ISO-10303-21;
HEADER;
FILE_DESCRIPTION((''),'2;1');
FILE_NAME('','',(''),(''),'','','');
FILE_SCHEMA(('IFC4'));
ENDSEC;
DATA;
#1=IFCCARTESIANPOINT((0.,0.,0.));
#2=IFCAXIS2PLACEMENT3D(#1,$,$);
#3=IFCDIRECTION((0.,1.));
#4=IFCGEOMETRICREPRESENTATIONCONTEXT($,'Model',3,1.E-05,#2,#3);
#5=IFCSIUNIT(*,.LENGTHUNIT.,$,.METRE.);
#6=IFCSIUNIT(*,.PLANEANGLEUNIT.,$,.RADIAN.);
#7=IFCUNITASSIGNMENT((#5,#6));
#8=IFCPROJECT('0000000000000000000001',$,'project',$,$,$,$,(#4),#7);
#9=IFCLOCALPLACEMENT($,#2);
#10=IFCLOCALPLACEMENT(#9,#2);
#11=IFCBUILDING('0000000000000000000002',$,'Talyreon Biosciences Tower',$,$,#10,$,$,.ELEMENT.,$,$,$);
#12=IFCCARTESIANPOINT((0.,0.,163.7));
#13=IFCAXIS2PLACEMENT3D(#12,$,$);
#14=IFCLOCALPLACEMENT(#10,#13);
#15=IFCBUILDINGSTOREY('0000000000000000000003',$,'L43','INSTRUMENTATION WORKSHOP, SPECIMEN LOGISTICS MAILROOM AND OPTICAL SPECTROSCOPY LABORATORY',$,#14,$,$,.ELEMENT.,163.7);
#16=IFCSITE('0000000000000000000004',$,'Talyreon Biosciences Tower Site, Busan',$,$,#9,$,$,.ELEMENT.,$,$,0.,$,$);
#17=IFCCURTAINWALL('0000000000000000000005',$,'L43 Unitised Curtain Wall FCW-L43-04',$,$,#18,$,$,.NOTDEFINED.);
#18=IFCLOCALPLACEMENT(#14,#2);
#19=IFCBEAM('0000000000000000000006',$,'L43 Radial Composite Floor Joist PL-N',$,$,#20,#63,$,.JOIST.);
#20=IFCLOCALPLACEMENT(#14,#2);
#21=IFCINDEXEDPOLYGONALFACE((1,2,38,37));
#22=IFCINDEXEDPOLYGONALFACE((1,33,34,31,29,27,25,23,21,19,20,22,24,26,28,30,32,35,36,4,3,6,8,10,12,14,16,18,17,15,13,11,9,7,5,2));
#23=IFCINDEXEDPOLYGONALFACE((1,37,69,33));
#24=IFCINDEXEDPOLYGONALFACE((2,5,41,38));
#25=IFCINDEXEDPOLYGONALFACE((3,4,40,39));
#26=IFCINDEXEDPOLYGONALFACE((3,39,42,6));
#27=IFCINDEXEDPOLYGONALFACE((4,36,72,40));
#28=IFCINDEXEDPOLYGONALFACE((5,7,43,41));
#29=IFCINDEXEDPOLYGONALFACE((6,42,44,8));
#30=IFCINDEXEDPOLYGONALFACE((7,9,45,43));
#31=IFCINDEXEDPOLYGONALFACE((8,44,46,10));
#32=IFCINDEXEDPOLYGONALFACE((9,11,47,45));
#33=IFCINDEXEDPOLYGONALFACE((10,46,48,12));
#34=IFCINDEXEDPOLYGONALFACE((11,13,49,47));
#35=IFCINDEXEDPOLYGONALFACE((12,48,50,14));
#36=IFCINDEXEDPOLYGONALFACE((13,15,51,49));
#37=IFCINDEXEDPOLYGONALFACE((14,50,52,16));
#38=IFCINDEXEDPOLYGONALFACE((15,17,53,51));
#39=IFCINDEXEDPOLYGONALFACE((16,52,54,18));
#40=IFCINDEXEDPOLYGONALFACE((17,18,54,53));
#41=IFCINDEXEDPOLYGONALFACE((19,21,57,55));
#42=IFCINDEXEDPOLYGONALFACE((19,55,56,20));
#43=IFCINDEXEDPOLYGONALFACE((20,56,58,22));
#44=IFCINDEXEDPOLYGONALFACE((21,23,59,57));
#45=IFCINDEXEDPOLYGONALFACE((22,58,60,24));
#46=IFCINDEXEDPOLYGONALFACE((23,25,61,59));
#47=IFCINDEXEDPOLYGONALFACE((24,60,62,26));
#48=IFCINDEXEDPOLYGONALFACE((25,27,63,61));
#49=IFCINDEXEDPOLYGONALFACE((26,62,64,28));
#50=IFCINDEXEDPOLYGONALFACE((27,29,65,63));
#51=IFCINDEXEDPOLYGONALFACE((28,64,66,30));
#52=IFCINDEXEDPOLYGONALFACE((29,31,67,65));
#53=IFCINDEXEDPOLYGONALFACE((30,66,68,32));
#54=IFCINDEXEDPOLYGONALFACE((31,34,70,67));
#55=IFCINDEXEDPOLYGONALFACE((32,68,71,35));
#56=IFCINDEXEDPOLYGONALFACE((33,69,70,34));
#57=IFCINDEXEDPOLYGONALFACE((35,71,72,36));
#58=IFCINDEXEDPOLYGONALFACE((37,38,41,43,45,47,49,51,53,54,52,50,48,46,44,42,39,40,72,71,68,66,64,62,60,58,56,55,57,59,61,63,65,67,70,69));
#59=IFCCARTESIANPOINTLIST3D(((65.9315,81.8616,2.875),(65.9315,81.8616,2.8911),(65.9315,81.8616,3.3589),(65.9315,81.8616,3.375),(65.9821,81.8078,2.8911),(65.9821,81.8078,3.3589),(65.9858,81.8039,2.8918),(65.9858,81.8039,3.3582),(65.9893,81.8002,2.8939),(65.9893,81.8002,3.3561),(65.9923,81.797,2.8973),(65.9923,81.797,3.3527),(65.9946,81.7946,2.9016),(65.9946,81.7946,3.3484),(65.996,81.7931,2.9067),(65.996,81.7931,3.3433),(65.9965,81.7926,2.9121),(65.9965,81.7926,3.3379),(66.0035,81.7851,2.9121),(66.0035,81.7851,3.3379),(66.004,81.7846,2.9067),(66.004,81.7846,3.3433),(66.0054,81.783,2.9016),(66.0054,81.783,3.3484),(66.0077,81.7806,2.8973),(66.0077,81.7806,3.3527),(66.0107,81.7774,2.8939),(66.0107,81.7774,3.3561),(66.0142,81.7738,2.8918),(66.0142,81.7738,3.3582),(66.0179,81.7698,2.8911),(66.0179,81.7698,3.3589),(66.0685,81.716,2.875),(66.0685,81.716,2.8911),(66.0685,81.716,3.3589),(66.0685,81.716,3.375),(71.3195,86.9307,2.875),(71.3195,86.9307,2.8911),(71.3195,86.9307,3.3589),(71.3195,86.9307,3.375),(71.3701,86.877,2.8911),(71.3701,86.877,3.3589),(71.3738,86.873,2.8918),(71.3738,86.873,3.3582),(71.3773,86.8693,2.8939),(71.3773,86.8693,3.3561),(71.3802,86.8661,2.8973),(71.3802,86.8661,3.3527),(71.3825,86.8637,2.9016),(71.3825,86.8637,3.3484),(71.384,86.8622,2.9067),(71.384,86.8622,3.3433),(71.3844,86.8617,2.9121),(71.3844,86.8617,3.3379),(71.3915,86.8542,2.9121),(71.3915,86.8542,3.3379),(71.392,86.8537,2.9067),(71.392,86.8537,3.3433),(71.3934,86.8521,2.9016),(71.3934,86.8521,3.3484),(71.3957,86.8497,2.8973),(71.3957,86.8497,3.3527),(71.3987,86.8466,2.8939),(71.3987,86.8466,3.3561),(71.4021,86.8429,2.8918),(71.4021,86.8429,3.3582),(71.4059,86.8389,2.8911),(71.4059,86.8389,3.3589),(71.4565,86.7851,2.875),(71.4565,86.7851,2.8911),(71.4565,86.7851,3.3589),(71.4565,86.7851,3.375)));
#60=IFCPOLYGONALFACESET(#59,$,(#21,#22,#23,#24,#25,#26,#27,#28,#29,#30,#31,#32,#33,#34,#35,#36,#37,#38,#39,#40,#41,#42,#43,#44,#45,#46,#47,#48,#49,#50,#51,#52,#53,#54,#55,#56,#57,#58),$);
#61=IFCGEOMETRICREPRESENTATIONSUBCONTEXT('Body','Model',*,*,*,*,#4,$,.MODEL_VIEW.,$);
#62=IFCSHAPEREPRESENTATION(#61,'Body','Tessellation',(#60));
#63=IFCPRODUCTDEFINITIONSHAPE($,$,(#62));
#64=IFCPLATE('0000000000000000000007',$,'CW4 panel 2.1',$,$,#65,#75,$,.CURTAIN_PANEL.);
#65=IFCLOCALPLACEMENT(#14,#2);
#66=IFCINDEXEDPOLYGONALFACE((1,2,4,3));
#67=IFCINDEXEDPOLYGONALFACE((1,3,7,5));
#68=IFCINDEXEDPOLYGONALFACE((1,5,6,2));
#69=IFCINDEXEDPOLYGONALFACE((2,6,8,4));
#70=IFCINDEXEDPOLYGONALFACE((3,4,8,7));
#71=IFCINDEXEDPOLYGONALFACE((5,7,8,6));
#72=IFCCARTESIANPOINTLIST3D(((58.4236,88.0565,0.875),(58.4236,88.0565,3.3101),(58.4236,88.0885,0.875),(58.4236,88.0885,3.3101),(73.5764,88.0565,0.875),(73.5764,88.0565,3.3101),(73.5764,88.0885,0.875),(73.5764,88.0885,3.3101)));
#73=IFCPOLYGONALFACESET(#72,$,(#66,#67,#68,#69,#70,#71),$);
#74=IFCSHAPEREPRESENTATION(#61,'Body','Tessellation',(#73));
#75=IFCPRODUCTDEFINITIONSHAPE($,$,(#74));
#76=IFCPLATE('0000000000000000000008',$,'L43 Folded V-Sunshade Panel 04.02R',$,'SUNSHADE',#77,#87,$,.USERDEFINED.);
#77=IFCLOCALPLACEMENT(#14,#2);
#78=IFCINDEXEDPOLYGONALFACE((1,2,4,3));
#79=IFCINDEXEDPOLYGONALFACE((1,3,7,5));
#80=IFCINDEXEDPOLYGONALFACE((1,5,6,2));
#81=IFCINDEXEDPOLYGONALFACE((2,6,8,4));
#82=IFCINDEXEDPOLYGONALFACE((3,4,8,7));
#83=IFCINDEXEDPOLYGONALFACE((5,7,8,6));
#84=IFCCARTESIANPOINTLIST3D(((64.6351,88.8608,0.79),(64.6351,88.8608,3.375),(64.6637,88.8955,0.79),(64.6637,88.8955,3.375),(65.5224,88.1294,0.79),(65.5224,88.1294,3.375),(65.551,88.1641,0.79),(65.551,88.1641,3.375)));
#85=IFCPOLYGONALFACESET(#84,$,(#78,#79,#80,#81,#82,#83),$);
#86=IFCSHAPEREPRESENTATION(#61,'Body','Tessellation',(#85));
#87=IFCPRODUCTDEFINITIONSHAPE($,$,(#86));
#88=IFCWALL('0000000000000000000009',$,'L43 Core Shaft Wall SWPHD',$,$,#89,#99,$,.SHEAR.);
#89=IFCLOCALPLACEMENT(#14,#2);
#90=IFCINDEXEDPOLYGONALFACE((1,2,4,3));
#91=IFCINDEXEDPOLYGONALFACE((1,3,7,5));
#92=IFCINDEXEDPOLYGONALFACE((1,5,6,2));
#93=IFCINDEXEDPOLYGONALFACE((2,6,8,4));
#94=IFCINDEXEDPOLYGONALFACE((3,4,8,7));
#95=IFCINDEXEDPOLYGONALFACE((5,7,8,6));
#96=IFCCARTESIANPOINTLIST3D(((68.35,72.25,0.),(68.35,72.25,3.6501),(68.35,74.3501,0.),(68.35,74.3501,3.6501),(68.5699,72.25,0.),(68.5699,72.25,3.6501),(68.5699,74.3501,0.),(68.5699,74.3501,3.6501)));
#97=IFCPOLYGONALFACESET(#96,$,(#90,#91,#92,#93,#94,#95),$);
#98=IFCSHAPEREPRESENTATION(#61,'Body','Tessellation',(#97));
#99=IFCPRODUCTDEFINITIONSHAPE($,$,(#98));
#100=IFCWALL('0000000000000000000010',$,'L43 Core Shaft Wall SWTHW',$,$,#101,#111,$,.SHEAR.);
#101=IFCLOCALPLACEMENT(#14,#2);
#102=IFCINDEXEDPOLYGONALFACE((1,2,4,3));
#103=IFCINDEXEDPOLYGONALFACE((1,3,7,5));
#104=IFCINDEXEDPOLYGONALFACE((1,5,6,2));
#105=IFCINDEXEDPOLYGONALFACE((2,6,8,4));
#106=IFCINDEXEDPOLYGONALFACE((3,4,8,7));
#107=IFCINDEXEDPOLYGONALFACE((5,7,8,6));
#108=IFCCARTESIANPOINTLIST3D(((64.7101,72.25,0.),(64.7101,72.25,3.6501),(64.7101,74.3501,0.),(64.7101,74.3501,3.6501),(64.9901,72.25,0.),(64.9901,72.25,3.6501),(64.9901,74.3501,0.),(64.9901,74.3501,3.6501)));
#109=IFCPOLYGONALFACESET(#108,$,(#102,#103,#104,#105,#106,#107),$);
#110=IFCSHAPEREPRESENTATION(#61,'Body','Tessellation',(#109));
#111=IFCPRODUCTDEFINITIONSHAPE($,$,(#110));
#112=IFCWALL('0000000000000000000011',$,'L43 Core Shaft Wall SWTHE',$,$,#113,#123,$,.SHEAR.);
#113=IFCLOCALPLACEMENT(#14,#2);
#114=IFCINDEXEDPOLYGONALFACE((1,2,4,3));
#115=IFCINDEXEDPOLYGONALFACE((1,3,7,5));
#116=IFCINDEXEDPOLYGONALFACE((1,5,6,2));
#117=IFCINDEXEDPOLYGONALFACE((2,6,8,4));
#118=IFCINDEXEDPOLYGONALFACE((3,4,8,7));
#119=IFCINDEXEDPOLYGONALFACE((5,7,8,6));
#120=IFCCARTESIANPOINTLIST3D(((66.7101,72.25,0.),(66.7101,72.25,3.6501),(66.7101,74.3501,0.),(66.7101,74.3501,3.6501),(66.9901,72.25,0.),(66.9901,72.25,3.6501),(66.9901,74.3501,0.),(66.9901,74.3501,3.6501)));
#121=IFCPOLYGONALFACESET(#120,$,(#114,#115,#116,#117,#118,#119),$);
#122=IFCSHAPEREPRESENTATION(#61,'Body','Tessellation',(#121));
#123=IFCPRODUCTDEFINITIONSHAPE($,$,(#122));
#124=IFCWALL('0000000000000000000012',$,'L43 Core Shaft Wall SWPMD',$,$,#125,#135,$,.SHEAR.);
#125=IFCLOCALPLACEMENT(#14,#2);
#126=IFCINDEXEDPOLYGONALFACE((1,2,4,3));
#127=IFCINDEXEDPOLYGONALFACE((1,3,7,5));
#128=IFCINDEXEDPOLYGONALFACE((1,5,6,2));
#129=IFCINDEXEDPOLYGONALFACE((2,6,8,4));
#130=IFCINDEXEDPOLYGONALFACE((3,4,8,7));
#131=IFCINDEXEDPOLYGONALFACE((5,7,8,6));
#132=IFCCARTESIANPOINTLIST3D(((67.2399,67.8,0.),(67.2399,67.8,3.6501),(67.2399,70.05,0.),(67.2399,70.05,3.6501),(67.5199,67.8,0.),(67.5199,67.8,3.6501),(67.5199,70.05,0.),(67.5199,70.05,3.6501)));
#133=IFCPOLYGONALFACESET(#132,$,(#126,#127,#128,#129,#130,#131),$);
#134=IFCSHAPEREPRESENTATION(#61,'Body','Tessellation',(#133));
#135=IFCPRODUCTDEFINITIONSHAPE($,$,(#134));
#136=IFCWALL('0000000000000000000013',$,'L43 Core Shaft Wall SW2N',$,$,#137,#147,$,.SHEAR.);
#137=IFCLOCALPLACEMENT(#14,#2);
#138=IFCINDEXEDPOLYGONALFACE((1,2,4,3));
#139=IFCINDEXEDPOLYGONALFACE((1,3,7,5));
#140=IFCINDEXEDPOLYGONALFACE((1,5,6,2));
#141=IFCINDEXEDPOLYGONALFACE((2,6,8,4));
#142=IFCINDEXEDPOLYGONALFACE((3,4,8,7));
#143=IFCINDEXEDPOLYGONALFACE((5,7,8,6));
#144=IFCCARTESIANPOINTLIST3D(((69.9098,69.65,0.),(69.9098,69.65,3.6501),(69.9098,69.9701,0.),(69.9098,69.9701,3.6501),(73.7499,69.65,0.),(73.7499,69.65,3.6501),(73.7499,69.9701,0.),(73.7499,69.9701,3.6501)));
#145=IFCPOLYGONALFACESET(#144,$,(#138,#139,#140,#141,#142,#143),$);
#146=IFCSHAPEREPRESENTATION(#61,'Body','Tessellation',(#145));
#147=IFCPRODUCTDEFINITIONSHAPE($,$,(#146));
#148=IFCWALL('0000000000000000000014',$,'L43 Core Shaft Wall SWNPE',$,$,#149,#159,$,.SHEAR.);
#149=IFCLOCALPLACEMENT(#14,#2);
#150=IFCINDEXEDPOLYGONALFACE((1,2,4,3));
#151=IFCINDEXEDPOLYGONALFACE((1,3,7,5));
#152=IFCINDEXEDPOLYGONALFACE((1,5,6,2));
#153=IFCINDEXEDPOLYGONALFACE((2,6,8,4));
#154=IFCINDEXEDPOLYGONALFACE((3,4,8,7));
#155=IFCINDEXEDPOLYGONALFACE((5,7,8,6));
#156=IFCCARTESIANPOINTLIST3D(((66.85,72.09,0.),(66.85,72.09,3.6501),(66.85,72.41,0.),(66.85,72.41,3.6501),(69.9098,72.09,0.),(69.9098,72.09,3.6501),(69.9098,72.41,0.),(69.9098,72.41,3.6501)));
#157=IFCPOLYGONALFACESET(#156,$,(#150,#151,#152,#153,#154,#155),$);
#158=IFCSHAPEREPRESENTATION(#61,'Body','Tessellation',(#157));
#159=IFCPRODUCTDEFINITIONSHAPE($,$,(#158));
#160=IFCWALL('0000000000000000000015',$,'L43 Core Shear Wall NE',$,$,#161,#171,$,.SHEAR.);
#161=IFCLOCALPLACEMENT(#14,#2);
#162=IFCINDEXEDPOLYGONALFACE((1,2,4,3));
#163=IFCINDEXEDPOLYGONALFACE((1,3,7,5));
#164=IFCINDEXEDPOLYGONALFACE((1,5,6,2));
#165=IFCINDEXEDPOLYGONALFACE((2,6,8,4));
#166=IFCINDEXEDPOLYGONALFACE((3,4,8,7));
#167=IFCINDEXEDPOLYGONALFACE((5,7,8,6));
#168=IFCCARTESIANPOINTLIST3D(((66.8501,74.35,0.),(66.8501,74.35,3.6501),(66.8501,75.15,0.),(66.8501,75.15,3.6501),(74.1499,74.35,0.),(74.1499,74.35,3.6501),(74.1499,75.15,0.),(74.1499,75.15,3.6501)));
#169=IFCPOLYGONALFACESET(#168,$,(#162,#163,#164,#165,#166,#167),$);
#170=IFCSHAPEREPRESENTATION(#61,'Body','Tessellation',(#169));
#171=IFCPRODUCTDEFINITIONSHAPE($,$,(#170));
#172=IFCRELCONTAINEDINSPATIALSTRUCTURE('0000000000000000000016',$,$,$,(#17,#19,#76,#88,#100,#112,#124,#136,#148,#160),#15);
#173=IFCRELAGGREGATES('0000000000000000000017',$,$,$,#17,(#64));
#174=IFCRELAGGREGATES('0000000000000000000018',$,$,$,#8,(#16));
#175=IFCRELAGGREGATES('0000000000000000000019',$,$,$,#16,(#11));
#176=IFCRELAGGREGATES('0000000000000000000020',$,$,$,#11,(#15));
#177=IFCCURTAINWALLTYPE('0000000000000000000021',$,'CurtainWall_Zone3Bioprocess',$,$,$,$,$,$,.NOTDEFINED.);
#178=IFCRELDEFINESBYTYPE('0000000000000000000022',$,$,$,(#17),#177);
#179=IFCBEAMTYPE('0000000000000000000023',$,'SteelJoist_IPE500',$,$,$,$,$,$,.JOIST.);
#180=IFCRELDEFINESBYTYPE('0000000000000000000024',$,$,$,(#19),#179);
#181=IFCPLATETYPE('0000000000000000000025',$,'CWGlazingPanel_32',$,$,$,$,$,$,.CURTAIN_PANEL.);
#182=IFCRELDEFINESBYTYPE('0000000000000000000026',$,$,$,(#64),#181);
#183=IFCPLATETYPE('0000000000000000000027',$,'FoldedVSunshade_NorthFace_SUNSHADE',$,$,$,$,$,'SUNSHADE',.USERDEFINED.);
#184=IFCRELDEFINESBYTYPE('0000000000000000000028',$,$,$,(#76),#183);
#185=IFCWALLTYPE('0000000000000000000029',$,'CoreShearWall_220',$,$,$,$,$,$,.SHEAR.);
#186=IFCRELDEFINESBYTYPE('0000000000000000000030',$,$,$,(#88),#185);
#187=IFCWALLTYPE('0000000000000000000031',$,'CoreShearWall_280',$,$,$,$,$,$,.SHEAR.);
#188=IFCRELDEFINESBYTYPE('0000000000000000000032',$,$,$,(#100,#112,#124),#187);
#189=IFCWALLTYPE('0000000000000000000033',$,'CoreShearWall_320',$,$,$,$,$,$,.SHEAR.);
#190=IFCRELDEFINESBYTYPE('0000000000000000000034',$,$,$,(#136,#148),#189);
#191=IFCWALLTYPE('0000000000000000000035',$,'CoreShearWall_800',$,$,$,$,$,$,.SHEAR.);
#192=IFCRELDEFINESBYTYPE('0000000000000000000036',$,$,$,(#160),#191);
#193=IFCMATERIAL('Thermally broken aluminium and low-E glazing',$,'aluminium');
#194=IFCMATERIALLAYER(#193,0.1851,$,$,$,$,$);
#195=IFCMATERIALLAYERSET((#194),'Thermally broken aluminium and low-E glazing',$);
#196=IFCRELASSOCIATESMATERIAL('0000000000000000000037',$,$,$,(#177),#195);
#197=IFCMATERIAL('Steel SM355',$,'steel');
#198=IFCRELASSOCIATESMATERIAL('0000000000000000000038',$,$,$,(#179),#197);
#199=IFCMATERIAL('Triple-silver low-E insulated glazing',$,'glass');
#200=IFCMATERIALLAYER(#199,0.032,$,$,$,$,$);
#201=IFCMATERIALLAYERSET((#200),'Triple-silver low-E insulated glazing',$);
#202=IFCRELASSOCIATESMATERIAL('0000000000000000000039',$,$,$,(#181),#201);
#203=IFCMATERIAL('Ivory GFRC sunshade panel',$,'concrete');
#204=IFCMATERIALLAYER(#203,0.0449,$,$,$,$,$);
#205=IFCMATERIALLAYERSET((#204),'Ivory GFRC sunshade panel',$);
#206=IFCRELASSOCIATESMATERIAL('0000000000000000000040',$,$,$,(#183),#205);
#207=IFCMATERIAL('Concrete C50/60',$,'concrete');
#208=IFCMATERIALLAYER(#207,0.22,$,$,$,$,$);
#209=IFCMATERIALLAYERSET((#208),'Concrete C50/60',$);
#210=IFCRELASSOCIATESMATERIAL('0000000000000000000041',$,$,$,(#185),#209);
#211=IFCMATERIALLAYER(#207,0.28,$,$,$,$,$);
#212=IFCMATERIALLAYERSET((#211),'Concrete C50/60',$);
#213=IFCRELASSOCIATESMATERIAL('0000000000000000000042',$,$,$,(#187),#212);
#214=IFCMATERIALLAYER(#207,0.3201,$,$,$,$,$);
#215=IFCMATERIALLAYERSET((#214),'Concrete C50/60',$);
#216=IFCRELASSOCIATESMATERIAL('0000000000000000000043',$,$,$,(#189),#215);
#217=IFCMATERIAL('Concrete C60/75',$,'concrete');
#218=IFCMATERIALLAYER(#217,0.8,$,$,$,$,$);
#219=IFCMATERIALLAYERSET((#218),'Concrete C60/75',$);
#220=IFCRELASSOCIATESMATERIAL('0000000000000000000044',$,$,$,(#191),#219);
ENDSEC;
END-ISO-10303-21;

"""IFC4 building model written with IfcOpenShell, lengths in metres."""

from ifc_helpers import new_model, si_unit, direction, frame, frame_2d, origin, origin_2d, place, context, subcontext, project, spatial, rectangle, i_section, extrude, material, layer, layer_set, material_profile, profile_set, type_object, element, aggregate, save


model = new_model("IFC4")

# Units and contexts
model_context = context("Model", 3, precision=1e-05, world=origin(), true_north=direction((0.0, 1.0)))
body_context = subcontext(model_context, "Body", "Model", "MODEL_VIEW")
ifc_project = project(units=[si_unit("LENGTHUNIT", "METRE"), si_unit("PLANEANGLEUNIT", "RADIAN")], contexts=[model_context])

# Site, building, storey
site_placement = place(None, origin())
site = spatial("IfcSite", under=ifc_project, at=site_placement, Name="Talyreon Biosciences Tower Site, Busan", CompositionType="ELEMENT", RefElevation=0.0)
building_placement = place(site_placement, origin())
building = spatial("IfcBuilding", under=site, at=building_placement, Name="Talyreon Biosciences Tower", CompositionType="ELEMENT")
storey_placement = place(building_placement, frame((0.0, 0.0, 163.7)))
storey = spatial("IfcBuildingStorey", under=building, at=storey_placement, Name="L43", Description="INSTRUMENTATION WORKSHOP, SPECIMEN LOGISTICS MAILROOM AND OPTICAL SPECTROSCOPY LABORATORY", CompositionType="ELEMENT", Elevation=163.7)

# Shared definitions
ifc_material_1 = material(Name="Concrete C60/75", Category="concrete")
ifc_material_2 = material(Name="Concrete C50/60", Category="concrete")

# Curtain wall
ifc_material_3 = material(Name="Thermally broken aluminium and low-E glazing", Category="aluminium")
ifc_layer_1 = layer(ifc_material_3, 0.1851)
ifc_layer_set_1 = layer_set([ifc_layer_1], Name="Thermally broken aluminium and low-E glazing")
curtain_wall_type = type_object("IfcCurtainWallType", Name="CurtainWall_Zone3Bioprocess", PredefinedType="NOTDEFINED", material=ifc_layer_set_1)
curtain_wall_placement = place(storey_placement, origin())
curtain_wall = element("IfcCurtainWall", 1, at=curtain_wall_placement, inside=storey, type_object=curtain_wall_type, Name="L43 Unitised Curtain Wall FCW-L43-04", PredefinedType="NOTDEFINED")

# Beam
ifc_material_4 = material(Name="Steel SM355", Category="steel")
ifc_material_profile_1 = material_profile(ifc_material_4, i_section(OverallWidth=0.2, OverallDepth=0.5, WebThickness=0.0103, FlangeThickness=0.0161, FilletRadius=0.021, at=origin_2d()), Name="IPE500")
ifc_profile_set_1 = profile_set([ifc_material_profile_1], Name="Steel SM355")
beam_type_1 = type_object("IfcBeamType", Name="SteelJoist_IPE500", PredefinedType="JOIST", material=ifc_profile_set_1)
beam_1_placement = place(storey_placement, frame((66.0, 81.7888, 3.125), z_axis=(0.728329, 0.685228, 0.0), x_axis=(-0.685228, 0.728329, 0.0)))
element("IfcBeam", 2, at=beam_1_placement, inside=storey, type_object=beam_type_1, Name="L43 Radial Composite Floor Joist PL-N", PredefinedType="JOIST", context=body_context, shape_type="SweptSolid", body=[
    extrude(i_section(OverallWidth=0.2, OverallDepth=0.5, WebThickness=0.0103, FlangeThickness=0.0161, FilletRadius=0.021, at=origin_2d()), origin(), (0.0, 0.0, 1.0), 7.3977),
])

# Plates
ifc_material_5 = material(Name="Triple-silver low-E insulated glazing", Category="glass")
ifc_layer_2 = layer(ifc_material_5, 0.032)
ifc_layer_set_2 = layer_set([ifc_layer_2], Name="Triple-silver low-E insulated glazing")
plate_type_1 = type_object("IfcPlateType", Name="CWGlazingPanel_32", PredefinedType="CURTAIN_PANEL", material=ifc_layer_set_2)
plate_1_placement = place(storey_placement, frame((66.0, 88.0725, 0.875), z_axis=(0.0, 0.0, 1.0), x_axis=(1.0, 0.0, 0.0)))
plate_1 = element("IfcPlate", 3, at=plate_1_placement, type_object=plate_type_1, Name="CW4 panel 2.1", PredefinedType="CURTAIN_PANEL", context=body_context, shape_type="SweptSolid", body=[
    extrude(rectangle(XDim=15.1528, YDim=0.032, at=origin_2d()), origin(), (0.0, 0.0, 1.0), 2.4351),
])
aggregate(curtain_wall, [plate_1])
ifc_material_6 = material(Name="Ivory GFRC sunshade panel", Category="concrete")
ifc_layer_3 = layer(ifc_material_6, 0.0449)
ifc_layer_set_3 = layer_set([ifc_layer_3], Name="Ivory GFRC sunshade panel")
plate_type_2 = type_object("IfcPlateType", Name="FoldedVSunshade_NorthFace_SUNSHADE", ElementType="SUNSHADE", PredefinedType="USERDEFINED", material=ifc_layer_set_3)
plate_2_placement = place(storey_placement, frame((65.093, 88.5125, 0.79), z_axis=(0.0, 0.0, 1.0), x_axis=(0.771625, -0.636078, 0.0)))
element("IfcPlate", 4, at=plate_2_placement, inside=storey, type_object=plate_type_2, Name="L43 Folded V-Sunshade Panel 04.02R", ObjectType="SUNSHADE", PredefinedType="USERDEFINED", context=body_context, shape_type="SweptSolid", body=[
    extrude(rectangle(XDim=1.1499, YDim=0.0449, at=origin_2d()), origin(), (0.0, 0.0, 1.0), 2.585),
])

# Walls
ifc_layer_4 = layer(ifc_material_2, 0.22)
ifc_layer_set_4 = layer_set([ifc_layer_4], Name="Concrete C50/60")
wall_type_1 = type_object("IfcWallType", Name="CoreShearWall_220", PredefinedType="SHEAR", material=ifc_layer_set_4)
wall_1_placement = place(storey_placement, frame((68.46, 72.25, 0.0), z_axis=(0.0, 0.0, 1.0), x_axis=(0.0, 1.0, 0.0)))
element("IfcWall", 5, at=wall_1_placement, inside=storey, type_object=wall_type_1, Name="L43 Core Shaft Wall SWPHD", PredefinedType="SHEAR", context=body_context, shape_type="SweptSolid", body=[
    extrude(rectangle(XDim=2.1001, YDim=0.22, at=frame_2d((1.05, 0.0))), origin(), (0.0, 0.0, 1.0), 3.6501),
])
ifc_layer_5 = layer(ifc_material_2, 0.28)
ifc_layer_set_5 = layer_set([ifc_layer_5], Name="Concrete C50/60")
wall_type_2 = type_object("IfcWallType", Name="CoreShearWall_280", PredefinedType="SHEAR", material=ifc_layer_set_5)
for number, where, z_axis, x_axis, name in (
    (6, (64.8501, 72.25, 0.0), (0.0, 0.0, 1.0), (0.0, 1.0, 0.0), "L43 Core Shaft Wall SWTHW"),
    (7, (66.8501, 72.25, 0.0), (0.0, 0.0, 1.0), (0.0, 1.0, 0.0), "L43 Core Shaft Wall SWTHE"),
):
    element("IfcWall", number, at=place(storey_placement, frame(where, z_axis=z_axis, x_axis=x_axis)), inside=storey, type_object=wall_type_2, Name=name, PredefinedType="SHEAR", context=body_context, shape_type="SweptSolid", body=[
        extrude(rectangle(XDim=2.1001, YDim=0.28, at=frame_2d((1.05, 0.0))), origin(), (0.0, 0.0, 1.0), 3.6501),
    ])
wall_2_placement = place(storey_placement, frame((67.3799, 67.8, 0.0), z_axis=(0.0, 0.0, 1.0), x_axis=(0.0, 1.0, 0.0)))
element("IfcWall", 8, at=wall_2_placement, inside=storey, type_object=wall_type_2, Name="L43 Core Shaft Wall SWPMD", PredefinedType="SHEAR", context=body_context, shape_type="SweptSolid", body=[
    extrude(rectangle(XDim=2.25, YDim=0.28, at=frame_2d((1.125, 0.0))), origin(), (0.0, 0.0, 1.0), 3.6501),
])
ifc_layer_6 = layer(ifc_material_2, 0.3201)
ifc_layer_set_6 = layer_set([ifc_layer_6], Name="Concrete C50/60")
wall_type_3 = type_object("IfcWallType", Name="CoreShearWall_320", PredefinedType="SHEAR", material=ifc_layer_set_6)
wall_3_placement = place(storey_placement, frame((69.9099, 69.8101, 0.0), z_axis=(0.0, 0.0, 1.0), x_axis=(1.0, 0.0, 0.0)))
element("IfcWall", 9, at=wall_3_placement, inside=storey, type_object=wall_type_3, Name="L43 Core Shaft Wall SW2N", PredefinedType="SHEAR", context=body_context, shape_type="SweptSolid", body=[
    extrude(rectangle(XDim=3.8401, YDim=0.3201, at=frame_2d((1.9199, 0.0))), origin(), (0.0, 0.0, 1.0), 3.6501),
])
wall_4_placement = place(storey_placement, frame((66.8501, 72.25, 0.0), z_axis=(0.0, 0.0, 1.0), x_axis=(1.0, 0.0, 0.0)))
element("IfcWall", 10, at=wall_4_placement, inside=storey, type_object=wall_type_3, Name="L43 Core Shaft Wall SWNPE", PredefinedType="SHEAR", context=body_context, shape_type="SweptSolid", body=[
    extrude(rectangle(XDim=3.0598, YDim=0.3201, at=frame_2d((1.5298, 0.0))), origin(), (0.0, 0.0, 1.0), 3.6501),
])
ifc_layer_7 = layer(ifc_material_1, 0.8)
ifc_layer_set_7 = layer_set([ifc_layer_7], Name="Concrete C60/75")
wall_type_4 = type_object("IfcWallType", Name="CoreShearWall_800", PredefinedType="SHEAR", material=ifc_layer_set_7)
wall_5_placement = place(storey_placement, frame((74.1499, 74.75, 0.0), z_axis=(0.0, 0.0, 1.0), x_axis=(-1.0, 0.0, 0.0)))
element("IfcWall", 11, at=wall_5_placement, inside=storey, type_object=wall_type_4, Name="L43 Core Shear Wall NE", PredefinedType="SHEAR", context=body_context, shape_type="SweptSolid", body=[
    extrude(rectangle(XDim=7.2998, YDim=0.8, at=frame_2d((3.6499, 0.0))), origin(), (0.0, 0.0, 1.0), 3.6501),
])

save(model, "model.ifc")
